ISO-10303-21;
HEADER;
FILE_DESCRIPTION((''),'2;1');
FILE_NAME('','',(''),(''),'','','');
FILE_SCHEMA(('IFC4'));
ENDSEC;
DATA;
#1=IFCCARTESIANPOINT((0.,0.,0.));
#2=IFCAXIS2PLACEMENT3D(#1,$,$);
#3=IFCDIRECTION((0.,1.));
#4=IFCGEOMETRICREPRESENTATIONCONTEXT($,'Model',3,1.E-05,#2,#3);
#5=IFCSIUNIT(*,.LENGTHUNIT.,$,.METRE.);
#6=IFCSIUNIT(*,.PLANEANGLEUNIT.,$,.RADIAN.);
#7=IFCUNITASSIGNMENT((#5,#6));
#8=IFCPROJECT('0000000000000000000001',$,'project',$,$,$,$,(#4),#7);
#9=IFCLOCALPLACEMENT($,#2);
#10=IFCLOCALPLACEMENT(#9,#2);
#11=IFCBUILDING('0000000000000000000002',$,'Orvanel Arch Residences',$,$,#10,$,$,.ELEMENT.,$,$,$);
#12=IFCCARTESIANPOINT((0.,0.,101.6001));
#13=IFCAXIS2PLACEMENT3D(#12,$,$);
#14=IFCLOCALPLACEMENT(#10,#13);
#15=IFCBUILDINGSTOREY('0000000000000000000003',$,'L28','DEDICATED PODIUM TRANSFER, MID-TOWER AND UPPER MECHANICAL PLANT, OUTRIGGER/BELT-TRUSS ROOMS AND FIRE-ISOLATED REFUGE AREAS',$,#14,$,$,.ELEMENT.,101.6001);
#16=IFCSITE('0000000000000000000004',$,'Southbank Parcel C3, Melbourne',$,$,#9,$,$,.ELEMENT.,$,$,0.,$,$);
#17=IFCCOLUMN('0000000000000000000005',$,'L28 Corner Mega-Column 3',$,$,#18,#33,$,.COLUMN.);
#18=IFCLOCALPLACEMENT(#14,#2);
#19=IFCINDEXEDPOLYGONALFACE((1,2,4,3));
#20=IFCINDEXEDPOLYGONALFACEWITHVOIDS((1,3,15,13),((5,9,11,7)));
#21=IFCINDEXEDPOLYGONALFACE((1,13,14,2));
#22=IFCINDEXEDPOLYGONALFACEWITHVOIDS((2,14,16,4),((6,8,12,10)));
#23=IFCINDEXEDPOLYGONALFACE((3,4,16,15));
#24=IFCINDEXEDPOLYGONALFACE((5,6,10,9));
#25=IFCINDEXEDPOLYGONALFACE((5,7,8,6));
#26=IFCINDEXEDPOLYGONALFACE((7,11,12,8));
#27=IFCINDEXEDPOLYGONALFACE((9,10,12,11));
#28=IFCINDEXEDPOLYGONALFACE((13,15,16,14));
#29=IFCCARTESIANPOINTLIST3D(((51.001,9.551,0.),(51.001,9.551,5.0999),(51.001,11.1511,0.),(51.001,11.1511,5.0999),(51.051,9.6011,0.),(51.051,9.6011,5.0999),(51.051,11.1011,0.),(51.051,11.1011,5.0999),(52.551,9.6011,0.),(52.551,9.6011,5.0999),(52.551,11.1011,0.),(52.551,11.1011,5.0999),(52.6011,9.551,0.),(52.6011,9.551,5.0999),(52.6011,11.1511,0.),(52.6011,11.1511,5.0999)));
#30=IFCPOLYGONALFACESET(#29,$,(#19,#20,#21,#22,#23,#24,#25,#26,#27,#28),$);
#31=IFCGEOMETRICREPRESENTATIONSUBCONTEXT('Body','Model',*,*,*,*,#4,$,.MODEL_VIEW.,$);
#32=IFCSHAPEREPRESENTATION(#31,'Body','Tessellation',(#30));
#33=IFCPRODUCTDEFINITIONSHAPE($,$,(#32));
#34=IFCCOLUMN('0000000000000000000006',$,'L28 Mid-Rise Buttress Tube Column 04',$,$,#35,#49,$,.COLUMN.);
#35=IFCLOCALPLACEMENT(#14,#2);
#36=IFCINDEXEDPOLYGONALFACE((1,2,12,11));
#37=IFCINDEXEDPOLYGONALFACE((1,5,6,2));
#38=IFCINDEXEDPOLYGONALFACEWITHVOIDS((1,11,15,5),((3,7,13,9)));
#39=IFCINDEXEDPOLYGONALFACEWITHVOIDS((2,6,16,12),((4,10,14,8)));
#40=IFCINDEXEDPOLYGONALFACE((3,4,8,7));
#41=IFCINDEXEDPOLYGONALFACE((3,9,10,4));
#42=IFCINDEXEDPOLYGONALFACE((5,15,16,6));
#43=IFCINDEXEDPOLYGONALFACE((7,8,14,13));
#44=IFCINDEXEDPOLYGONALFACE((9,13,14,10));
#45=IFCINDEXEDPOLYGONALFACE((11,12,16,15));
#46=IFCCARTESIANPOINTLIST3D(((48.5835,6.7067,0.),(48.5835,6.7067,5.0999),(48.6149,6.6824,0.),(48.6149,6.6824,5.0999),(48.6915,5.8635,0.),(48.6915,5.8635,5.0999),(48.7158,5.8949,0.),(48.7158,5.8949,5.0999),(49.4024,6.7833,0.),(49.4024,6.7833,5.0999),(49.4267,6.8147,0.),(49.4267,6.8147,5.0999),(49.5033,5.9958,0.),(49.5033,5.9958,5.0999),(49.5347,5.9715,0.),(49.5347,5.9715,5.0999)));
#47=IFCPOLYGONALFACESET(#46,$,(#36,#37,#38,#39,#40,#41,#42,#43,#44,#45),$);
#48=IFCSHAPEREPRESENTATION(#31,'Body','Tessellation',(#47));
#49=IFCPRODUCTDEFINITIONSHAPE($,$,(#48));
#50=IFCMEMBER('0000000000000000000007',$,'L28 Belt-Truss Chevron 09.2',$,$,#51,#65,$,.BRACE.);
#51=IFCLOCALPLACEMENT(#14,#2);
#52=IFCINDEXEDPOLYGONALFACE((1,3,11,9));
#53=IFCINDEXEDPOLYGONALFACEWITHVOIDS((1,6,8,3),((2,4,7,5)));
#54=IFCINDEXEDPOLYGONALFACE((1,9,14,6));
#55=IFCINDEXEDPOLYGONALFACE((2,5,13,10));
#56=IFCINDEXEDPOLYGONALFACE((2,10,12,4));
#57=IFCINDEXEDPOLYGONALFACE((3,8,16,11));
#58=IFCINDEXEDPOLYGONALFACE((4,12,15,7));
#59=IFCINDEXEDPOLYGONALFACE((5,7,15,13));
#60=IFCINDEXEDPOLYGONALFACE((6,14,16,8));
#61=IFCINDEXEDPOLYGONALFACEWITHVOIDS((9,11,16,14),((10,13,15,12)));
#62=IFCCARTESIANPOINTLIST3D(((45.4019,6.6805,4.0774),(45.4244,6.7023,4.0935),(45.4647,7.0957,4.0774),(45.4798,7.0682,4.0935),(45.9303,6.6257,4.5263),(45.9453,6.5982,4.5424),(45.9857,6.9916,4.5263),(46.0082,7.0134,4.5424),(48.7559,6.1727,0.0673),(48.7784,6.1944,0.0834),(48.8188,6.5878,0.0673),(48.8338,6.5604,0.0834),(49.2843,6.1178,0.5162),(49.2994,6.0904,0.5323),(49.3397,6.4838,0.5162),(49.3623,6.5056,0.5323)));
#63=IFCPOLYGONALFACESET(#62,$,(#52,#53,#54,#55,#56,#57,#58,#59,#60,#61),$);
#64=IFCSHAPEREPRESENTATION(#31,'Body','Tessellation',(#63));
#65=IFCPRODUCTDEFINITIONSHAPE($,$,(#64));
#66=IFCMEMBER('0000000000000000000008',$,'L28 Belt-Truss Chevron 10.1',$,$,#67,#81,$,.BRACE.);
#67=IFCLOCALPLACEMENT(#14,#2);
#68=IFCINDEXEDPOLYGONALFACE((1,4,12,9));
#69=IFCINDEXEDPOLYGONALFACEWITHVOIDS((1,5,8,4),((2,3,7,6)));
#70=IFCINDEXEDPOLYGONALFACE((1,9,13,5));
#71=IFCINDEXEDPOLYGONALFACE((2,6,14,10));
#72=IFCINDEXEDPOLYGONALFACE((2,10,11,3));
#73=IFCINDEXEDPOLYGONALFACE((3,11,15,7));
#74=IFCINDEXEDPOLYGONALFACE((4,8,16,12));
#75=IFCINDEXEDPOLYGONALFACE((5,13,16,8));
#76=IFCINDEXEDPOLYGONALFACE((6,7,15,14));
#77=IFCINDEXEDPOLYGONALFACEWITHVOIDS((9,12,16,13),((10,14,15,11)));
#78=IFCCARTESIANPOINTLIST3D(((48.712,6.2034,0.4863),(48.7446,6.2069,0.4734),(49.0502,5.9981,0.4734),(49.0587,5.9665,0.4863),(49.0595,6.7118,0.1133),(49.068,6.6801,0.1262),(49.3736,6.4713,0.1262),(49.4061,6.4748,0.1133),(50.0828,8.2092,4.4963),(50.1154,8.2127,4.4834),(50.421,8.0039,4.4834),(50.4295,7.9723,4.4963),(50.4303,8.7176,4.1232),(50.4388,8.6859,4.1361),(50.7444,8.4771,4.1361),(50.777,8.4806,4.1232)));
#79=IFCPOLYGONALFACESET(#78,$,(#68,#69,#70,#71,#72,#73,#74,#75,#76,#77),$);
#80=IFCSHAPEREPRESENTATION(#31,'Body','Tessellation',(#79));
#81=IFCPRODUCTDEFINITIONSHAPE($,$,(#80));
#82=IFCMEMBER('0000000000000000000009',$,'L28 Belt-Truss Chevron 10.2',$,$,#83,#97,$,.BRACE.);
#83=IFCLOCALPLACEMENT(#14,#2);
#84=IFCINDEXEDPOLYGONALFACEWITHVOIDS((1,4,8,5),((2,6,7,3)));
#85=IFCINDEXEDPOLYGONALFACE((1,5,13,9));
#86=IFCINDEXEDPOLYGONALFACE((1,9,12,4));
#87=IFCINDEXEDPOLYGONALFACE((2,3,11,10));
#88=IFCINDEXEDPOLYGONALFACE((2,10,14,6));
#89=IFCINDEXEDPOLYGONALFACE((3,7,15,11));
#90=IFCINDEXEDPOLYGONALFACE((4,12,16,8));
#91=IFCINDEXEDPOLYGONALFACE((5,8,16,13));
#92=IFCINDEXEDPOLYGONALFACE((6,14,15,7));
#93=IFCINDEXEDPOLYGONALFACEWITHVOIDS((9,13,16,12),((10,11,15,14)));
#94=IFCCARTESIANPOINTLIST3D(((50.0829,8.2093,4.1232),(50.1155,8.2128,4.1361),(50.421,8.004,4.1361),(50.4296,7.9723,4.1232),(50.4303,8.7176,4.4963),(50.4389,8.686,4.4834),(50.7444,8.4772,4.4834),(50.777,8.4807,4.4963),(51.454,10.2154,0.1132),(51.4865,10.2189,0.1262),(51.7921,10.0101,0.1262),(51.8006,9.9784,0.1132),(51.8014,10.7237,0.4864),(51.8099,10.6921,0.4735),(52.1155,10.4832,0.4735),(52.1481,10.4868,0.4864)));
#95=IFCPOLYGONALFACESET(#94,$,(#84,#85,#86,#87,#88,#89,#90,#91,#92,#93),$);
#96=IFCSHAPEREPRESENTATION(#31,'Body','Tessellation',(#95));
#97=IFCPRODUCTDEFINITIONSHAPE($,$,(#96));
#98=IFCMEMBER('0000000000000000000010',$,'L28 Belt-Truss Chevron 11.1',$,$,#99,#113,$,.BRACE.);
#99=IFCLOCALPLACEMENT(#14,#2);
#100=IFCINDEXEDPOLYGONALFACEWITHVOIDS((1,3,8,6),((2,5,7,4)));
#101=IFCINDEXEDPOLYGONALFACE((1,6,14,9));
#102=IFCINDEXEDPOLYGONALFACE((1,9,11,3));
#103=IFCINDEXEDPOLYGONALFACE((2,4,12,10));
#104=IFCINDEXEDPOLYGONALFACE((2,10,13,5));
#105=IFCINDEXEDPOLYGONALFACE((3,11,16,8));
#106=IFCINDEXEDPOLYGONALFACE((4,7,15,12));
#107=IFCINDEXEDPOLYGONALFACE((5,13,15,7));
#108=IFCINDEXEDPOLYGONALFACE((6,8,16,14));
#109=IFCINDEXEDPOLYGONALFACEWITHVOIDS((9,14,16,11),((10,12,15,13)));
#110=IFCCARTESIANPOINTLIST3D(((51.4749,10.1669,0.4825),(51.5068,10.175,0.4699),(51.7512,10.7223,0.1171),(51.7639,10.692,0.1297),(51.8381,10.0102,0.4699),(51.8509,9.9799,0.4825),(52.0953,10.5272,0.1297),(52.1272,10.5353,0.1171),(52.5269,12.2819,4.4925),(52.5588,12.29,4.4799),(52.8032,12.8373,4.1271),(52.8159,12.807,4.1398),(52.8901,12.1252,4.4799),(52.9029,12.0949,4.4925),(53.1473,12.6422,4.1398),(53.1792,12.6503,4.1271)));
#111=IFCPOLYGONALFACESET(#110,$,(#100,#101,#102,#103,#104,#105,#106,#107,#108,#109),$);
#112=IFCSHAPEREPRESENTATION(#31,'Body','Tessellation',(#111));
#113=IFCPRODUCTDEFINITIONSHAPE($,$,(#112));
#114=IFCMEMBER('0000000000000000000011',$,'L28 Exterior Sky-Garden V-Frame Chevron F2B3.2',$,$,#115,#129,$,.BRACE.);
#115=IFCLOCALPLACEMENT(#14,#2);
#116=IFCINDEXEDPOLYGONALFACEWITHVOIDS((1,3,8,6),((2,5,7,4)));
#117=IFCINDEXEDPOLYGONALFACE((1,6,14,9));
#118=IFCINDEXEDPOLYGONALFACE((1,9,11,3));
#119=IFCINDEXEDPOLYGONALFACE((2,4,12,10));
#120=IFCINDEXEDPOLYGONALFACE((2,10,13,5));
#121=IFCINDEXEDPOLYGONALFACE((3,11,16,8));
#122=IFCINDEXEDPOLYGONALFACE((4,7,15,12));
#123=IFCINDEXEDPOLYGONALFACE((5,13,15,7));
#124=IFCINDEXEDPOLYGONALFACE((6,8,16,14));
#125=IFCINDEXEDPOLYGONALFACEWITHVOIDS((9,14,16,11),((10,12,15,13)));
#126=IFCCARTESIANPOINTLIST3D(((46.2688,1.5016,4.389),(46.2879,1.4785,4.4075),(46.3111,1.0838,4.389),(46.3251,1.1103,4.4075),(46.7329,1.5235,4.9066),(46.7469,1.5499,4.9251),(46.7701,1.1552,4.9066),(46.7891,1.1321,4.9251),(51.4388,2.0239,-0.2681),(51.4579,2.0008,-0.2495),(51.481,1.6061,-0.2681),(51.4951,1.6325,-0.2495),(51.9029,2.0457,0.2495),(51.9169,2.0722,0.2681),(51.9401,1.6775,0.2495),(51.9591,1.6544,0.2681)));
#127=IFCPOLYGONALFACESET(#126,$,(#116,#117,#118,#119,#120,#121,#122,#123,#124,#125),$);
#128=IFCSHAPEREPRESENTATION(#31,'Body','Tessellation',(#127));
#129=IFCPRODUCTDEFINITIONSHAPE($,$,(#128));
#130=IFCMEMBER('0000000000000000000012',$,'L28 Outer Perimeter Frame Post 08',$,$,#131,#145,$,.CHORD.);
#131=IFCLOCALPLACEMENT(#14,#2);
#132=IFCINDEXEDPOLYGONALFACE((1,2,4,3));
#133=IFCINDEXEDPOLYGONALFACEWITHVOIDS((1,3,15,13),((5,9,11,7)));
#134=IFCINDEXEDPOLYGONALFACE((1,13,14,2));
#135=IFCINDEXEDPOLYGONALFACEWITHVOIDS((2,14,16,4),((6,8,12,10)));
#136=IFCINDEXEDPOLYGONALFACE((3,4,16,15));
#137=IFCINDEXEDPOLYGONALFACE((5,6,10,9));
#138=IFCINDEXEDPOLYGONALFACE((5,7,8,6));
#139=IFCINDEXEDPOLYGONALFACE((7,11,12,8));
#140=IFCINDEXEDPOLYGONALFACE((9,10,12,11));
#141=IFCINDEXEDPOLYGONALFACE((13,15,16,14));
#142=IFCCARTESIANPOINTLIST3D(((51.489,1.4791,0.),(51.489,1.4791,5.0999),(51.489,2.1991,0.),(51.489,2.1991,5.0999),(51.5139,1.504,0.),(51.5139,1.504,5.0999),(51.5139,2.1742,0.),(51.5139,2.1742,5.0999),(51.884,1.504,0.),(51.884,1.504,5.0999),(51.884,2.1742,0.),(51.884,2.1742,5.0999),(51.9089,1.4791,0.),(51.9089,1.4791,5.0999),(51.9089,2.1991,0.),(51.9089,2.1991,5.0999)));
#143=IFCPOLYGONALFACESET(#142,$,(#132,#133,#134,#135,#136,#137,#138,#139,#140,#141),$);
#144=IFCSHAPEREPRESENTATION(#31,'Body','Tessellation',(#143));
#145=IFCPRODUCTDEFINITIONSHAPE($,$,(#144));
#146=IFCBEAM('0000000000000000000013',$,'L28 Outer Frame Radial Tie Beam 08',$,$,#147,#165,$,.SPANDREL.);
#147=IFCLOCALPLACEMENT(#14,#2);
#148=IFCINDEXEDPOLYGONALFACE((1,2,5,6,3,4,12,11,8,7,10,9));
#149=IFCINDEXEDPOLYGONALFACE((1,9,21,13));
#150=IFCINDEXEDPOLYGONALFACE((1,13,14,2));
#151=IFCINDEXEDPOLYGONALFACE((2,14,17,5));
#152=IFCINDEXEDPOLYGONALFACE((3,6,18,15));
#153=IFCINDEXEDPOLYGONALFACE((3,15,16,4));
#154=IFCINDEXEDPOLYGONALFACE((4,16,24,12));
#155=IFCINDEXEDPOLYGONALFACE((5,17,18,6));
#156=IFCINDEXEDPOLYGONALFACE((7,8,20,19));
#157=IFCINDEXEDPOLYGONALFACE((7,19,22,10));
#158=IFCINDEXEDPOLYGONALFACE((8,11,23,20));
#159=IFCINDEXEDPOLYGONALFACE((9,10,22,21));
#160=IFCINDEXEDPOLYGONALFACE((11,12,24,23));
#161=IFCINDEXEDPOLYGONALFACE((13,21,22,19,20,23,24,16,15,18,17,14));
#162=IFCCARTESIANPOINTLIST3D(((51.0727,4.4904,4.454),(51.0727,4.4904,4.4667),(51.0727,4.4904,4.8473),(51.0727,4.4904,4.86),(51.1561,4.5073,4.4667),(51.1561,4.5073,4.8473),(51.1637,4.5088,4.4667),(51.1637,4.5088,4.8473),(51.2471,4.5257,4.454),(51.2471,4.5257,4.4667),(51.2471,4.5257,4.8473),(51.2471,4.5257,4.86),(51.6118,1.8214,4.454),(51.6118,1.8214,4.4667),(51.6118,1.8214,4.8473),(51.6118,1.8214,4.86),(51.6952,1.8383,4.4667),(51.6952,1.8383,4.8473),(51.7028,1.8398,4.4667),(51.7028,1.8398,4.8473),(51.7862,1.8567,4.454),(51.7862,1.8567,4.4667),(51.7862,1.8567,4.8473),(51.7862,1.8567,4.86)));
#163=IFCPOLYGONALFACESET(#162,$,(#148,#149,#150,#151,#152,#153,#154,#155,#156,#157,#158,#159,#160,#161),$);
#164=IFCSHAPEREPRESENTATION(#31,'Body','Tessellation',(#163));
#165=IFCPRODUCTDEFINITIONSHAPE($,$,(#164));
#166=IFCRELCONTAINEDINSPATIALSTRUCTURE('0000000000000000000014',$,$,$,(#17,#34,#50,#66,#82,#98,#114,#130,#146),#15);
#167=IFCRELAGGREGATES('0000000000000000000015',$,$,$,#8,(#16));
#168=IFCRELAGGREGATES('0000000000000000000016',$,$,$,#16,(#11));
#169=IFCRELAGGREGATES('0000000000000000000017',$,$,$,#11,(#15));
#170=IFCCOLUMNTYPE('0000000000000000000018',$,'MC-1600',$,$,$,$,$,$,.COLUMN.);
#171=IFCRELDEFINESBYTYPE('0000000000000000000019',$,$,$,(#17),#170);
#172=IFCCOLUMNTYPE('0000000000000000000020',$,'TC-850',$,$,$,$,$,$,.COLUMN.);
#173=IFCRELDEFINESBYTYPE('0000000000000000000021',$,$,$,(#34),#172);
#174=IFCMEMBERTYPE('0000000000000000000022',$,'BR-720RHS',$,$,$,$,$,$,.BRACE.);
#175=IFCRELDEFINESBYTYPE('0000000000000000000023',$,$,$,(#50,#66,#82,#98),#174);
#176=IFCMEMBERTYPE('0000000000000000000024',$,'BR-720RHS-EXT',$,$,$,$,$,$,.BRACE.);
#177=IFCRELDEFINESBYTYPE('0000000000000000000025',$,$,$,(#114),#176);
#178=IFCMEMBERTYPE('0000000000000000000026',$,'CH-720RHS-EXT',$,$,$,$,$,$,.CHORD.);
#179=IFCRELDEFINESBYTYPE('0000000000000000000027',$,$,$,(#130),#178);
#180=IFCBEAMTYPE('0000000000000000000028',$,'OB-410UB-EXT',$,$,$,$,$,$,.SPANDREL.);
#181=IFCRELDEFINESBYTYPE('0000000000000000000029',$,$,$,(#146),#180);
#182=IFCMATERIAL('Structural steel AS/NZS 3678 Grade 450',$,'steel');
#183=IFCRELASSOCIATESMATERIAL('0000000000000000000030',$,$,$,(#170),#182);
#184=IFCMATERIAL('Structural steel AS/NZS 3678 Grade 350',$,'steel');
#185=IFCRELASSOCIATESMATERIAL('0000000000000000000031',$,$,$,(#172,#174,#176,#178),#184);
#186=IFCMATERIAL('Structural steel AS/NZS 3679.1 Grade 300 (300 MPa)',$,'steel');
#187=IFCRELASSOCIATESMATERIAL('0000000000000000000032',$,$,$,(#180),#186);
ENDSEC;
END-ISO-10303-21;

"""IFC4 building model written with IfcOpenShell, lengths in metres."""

from ifc_helpers import new_model, si_unit, direction, frame, origin, origin_2d, place, context, subcontext, project, spatial, hollow_rectangle, i_section, extrude, material, material_profile, profile_set, type_object, element, save


model = new_model("IFC4")

# Units and contexts
model_context = context("Model", 3, precision=1e-05, world=origin(), true_north=direction((0.0, 1.0)))
body_context = subcontext(model_context, "Body", "Model", "MODEL_VIEW")
ifc_project = project(units=[si_unit("LENGTHUNIT", "METRE"), si_unit("PLANEANGLEUNIT", "RADIAN")], contexts=[model_context])

# Site, building, storey
site_placement = place(None, origin())
site = spatial("IfcSite", under=ifc_project, at=site_placement, Name="Southbank Parcel C3, Melbourne", CompositionType="ELEMENT", RefElevation=0.0)
building_placement = place(site_placement, origin())
building = spatial("IfcBuilding", under=site, at=building_placement, Name="Orvanel Arch Residences", CompositionType="ELEMENT")
storey_placement = place(building_placement, frame((0.0, 0.0, 101.6001)))
storey = spatial("IfcBuildingStorey", under=building, at=storey_placement, Name="L28", Description="DEDICATED PODIUM TRANSFER, MID-TOWER AND UPPER MECHANICAL PLANT, OUTRIGGER/BELT-TRUSS ROOMS AND FIRE-ISOLATED REFUGE AREAS", CompositionType="ELEMENT", Elevation=101.6001)

# Columns
ifc_material_1 = material(Name="Structural steel AS/NZS 3678 Grade 450", Category="steel")
ifc_material_profile_1 = material_profile(ifc_material_1, hollow_rectangle(XDim=1.6001, YDim=1.6001, WallThickness=0.05, at=origin_2d()), Name="BOX1600x1600x50")
ifc_profile_set_1 = profile_set([ifc_material_profile_1], Name="Structural steel AS/NZS 3678 Grade 450")
column_type_1 = type_object("IfcColumnType", Name="MC-1600", PredefinedType="COLUMN", material=ifc_profile_set_1)
column_1_placement = place(storey_placement, frame((51.801, 10.3511, 0.0), z_axis=(0.0, 0.0, 1.0), x_axis=(1.0, 0.0, 0.0)))
element("IfcColumn", 1, at=column_1_placement, inside=storey, type_object=column_type_1, Name="L28 Corner Mega-Column 3", PredefinedType="COLUMN", context=body_context, shape_type="SweptSolid", body=[
    extrude(hollow_rectangle(XDim=1.6001, YDim=1.6001, WallThickness=0.05, at=origin_2d()), origin(), (0.0, 0.0, 1.0), 5.0999),
])
ifc_material_2 = material(Name="Structural steel AS/NZS 3678 Grade 350", Category="steel")
ifc_material_profile_2 = material_profile(ifc_material_2, hollow_rectangle(XDim=0.8501, YDim=0.8501, WallThickness=0.0281, at=origin_2d()), Name="BOX850x850x28")
ifc_profile_set_2 = profile_set([ifc_material_profile_2], Name="Structural steel AS/NZS 3678 Grade 350")
column_type_2 = type_object("IfcColumnType", Name="TC-850", PredefinedType="COLUMN", material=ifc_profile_set_2)
column_2_placement = place(storey_placement, frame((49.0591, 6.3391, 0.0), z_axis=(0.0, 0.0, 1.0), x_axis=(0.991894, 0.127065, 0.0)))
element("IfcColumn", 2, at=column_2_placement, inside=storey, type_object=column_type_2, Name="L28 Mid-Rise Buttress Tube Column 04", PredefinedType="COLUMN", context=body_context, shape_type="SweptSolid", body=[
    extrude(hollow_rectangle(XDim=0.8501, YDim=0.8501, WallThickness=0.0281, at=origin_2d()), origin(), (0.0, 0.0, 1.0), 5.0999),
])

# Members
ifc_material_profile_3 = material_profile(ifc_material_2, hollow_rectangle(XDim=0.4199, YDim=0.72, WallThickness=0.0249, at=origin_2d()), Name="RHS720x420x25")
ifc_profile_set_3 = profile_set([ifc_material_profile_3], Name="Structural steel AS/NZS 3678 Grade 350")
member_type_1 = type_object("IfcMemberType", Name="BR-720RHS", PredefinedType="BRACE", material=ifc_profile_set_3)
member_1_placement = place(storey_placement, frame((49.0591, 6.3391, 0.2998), z_axis=(-0.63857, 0.096683, 0.763467), x_axis=(-0.149699, -0.988732, 0.0)))
element("IfcMember", 3, at=member_1_placement, inside=storey, type_object=member_type_1, Name="L28 Belt-Truss Chevron 09.2", PredefinedType="BRACE", context=body_context, shape_type="SweptSolid", body=[
    extrude(hollow_rectangle(XDim=0.4199, YDim=0.72, WallThickness=0.0249, at=origin_2d()), origin(), (0.0, 0.0, 1.0), 5.2524),
])
member_2_placement = place(storey_placement, frame((49.0591, 6.3391, 0.2998), z_axis=(0.29238, 0.427817, 0.85527), x_axis=(-0.82561, 0.564241, 0.0)))
element("IfcMember", 4, at=member_2_placement, inside=storey, type_object=member_type_1, Name="L28 Belt-Truss Chevron 10.1", PredefinedType="BRACE", context=body_context, shape_type="SweptSolid", body=[
    extrude(hollow_rectangle(XDim=0.4199, YDim=0.72, WallThickness=0.0249, at=origin_2d()), origin(), (0.0, 0.0, 1.0), 4.6885),
])
member_3_placement = place(storey_placement, frame((51.801, 10.3511, 0.2998), z_axis=(-0.292421, -0.427853, 0.855238), x_axis=(0.825595, -0.564262, 0.0)))
element("IfcMember", 5, at=member_3_placement, inside=storey, type_object=member_type_1, Name="L28 Belt-Truss Chevron 10.2", PredefinedType="BRACE", context=body_context, shape_type="SweptSolid", body=[
    extrude(hollow_rectangle(XDim=0.4199, YDim=0.72, WallThickness=0.0249, at=origin_2d()), origin(), (0.0, 0.0, 1.0), 4.6887),
])
member_4_placement = place(storey_placement, frame((51.801, 10.3511, 0.2998), z_axis=(0.226041, 0.454442, 0.861619), x_axis=(-0.895355, 0.445352, 0.0)))
element("IfcMember", 6, at=member_4_placement, inside=storey, type_object=member_type_1, Name="L28 Belt-Truss Chevron 11.1", PredefinedType="BRACE", context=body_context, shape_type="SweptSolid", body=[
    extrude(hollow_rectangle(XDim=0.4199, YDim=0.72, WallThickness=0.0249, at=origin_2d()), origin(), (0.0, 0.0, 1.0), 4.6541),
])
ifc_material_profile_4 = material_profile(ifc_material_2, hollow_rectangle(XDim=0.4199, YDim=0.72, WallThickness=0.0249, at=origin_2d()), Name="RHS720x420x25")
ifc_profile_set_4 = profile_set([ifc_material_profile_4], Name="Structural steel AS/NZS 3678 Grade 350")
member_type_2 = type_object("IfcMemberType", Name="BR-720RHS-EXT", PredefinedType="BRACE", material=ifc_profile_set_4)
member_5_placement = place(storey_placement, frame((51.699, 1.8391, 0.0), z_axis=(-0.740921, -0.074841, 0.667409), x_axis=(0.100499, -0.994937, 0.0)))
element("IfcMember", 7, at=member_5_placement, inside=storey, type_object=member_type_2, Name="L28 Exterior Sky-Garden V-Frame Chevron F2B3.2", PredefinedType="BRACE", context=body_context, shape_type="SweptSolid", body=[
    extrude(hollow_rectangle(XDim=0.4199, YDim=0.72, WallThickness=0.0249, at=origin_2d()), origin(), (0.0, 0.0, 1.0), 6.9778),
])
ifc_material_profile_5 = material_profile(ifc_material_2, hollow_rectangle(XDim=0.4199, YDim=0.72, WallThickness=0.0249, at=origin_2d()), Name="RHS720x420x25")
ifc_profile_set_5 = profile_set([ifc_material_profile_5], Name="Structural steel AS/NZS 3678 Grade 350")
member_type_3 = type_object("IfcMemberType", Name="CH-720RHS-EXT", PredefinedType="CHORD", material=ifc_profile_set_5)
member_6_placement = place(storey_placement, frame((51.699, 1.8391, 0.0), z_axis=(0.0, 0.0, 1.0), x_axis=(1.0, 0.0, 0.0)))
element("IfcMember", 8, at=member_6_placement, inside=storey, type_object=member_type_3, Name="L28 Outer Perimeter Frame Post 08", PredefinedType="CHORD", context=body_context, shape_type="SweptSolid", body=[
    extrude(hollow_rectangle(XDim=0.4199, YDim=0.72, WallThickness=0.0249, at=origin_2d()), origin(), (0.0, 0.0, 1.0), 5.0999),
])

# Beam
ifc_material_3 = material(Name="Structural steel AS/NZS 3679.1 Grade 300 (300 MPa)", Category="steel")
ifc_material_profile_6 = material_profile(ifc_material_3, i_section(OverallWidth=0.178, OverallDepth=0.406, WebThickness=0.0078, FlangeThickness=0.0127, at=origin_2d()), Name="410UB59.7")
ifc_profile_set_6 = profile_set([ifc_material_profile_6], Name="Structural steel AS/NZS 3679.1 Grade 300 (300 MPa)")
beam_type_1 = type_object("IfcBeamType", Name="OB-410UB-EXT", PredefinedType="SPANDREL", material=ifc_profile_set_6)
beam_1_placement = place(storey_placement, frame((51.1599, 4.5081, 4.657), z_axis=(0.197978, -0.980206, 0.0), x_axis=(0.980206, 0.197978, 0.0)))
element("IfcBeam", 9, at=beam_1_placement, inside=storey, type_object=beam_type_1, Name="L28 Outer Frame Radial Tie Beam 08", PredefinedType="SPANDREL", context=body_context, shape_type="SweptSolid", body=[
    extrude(i_section(OverallWidth=0.178, OverallDepth=0.406, WebThickness=0.0078, FlangeThickness=0.0127, at=origin_2d()), origin(), (0.0, 0.0, 1.0), 2.7229),
])

save(model, "model.ifc")
